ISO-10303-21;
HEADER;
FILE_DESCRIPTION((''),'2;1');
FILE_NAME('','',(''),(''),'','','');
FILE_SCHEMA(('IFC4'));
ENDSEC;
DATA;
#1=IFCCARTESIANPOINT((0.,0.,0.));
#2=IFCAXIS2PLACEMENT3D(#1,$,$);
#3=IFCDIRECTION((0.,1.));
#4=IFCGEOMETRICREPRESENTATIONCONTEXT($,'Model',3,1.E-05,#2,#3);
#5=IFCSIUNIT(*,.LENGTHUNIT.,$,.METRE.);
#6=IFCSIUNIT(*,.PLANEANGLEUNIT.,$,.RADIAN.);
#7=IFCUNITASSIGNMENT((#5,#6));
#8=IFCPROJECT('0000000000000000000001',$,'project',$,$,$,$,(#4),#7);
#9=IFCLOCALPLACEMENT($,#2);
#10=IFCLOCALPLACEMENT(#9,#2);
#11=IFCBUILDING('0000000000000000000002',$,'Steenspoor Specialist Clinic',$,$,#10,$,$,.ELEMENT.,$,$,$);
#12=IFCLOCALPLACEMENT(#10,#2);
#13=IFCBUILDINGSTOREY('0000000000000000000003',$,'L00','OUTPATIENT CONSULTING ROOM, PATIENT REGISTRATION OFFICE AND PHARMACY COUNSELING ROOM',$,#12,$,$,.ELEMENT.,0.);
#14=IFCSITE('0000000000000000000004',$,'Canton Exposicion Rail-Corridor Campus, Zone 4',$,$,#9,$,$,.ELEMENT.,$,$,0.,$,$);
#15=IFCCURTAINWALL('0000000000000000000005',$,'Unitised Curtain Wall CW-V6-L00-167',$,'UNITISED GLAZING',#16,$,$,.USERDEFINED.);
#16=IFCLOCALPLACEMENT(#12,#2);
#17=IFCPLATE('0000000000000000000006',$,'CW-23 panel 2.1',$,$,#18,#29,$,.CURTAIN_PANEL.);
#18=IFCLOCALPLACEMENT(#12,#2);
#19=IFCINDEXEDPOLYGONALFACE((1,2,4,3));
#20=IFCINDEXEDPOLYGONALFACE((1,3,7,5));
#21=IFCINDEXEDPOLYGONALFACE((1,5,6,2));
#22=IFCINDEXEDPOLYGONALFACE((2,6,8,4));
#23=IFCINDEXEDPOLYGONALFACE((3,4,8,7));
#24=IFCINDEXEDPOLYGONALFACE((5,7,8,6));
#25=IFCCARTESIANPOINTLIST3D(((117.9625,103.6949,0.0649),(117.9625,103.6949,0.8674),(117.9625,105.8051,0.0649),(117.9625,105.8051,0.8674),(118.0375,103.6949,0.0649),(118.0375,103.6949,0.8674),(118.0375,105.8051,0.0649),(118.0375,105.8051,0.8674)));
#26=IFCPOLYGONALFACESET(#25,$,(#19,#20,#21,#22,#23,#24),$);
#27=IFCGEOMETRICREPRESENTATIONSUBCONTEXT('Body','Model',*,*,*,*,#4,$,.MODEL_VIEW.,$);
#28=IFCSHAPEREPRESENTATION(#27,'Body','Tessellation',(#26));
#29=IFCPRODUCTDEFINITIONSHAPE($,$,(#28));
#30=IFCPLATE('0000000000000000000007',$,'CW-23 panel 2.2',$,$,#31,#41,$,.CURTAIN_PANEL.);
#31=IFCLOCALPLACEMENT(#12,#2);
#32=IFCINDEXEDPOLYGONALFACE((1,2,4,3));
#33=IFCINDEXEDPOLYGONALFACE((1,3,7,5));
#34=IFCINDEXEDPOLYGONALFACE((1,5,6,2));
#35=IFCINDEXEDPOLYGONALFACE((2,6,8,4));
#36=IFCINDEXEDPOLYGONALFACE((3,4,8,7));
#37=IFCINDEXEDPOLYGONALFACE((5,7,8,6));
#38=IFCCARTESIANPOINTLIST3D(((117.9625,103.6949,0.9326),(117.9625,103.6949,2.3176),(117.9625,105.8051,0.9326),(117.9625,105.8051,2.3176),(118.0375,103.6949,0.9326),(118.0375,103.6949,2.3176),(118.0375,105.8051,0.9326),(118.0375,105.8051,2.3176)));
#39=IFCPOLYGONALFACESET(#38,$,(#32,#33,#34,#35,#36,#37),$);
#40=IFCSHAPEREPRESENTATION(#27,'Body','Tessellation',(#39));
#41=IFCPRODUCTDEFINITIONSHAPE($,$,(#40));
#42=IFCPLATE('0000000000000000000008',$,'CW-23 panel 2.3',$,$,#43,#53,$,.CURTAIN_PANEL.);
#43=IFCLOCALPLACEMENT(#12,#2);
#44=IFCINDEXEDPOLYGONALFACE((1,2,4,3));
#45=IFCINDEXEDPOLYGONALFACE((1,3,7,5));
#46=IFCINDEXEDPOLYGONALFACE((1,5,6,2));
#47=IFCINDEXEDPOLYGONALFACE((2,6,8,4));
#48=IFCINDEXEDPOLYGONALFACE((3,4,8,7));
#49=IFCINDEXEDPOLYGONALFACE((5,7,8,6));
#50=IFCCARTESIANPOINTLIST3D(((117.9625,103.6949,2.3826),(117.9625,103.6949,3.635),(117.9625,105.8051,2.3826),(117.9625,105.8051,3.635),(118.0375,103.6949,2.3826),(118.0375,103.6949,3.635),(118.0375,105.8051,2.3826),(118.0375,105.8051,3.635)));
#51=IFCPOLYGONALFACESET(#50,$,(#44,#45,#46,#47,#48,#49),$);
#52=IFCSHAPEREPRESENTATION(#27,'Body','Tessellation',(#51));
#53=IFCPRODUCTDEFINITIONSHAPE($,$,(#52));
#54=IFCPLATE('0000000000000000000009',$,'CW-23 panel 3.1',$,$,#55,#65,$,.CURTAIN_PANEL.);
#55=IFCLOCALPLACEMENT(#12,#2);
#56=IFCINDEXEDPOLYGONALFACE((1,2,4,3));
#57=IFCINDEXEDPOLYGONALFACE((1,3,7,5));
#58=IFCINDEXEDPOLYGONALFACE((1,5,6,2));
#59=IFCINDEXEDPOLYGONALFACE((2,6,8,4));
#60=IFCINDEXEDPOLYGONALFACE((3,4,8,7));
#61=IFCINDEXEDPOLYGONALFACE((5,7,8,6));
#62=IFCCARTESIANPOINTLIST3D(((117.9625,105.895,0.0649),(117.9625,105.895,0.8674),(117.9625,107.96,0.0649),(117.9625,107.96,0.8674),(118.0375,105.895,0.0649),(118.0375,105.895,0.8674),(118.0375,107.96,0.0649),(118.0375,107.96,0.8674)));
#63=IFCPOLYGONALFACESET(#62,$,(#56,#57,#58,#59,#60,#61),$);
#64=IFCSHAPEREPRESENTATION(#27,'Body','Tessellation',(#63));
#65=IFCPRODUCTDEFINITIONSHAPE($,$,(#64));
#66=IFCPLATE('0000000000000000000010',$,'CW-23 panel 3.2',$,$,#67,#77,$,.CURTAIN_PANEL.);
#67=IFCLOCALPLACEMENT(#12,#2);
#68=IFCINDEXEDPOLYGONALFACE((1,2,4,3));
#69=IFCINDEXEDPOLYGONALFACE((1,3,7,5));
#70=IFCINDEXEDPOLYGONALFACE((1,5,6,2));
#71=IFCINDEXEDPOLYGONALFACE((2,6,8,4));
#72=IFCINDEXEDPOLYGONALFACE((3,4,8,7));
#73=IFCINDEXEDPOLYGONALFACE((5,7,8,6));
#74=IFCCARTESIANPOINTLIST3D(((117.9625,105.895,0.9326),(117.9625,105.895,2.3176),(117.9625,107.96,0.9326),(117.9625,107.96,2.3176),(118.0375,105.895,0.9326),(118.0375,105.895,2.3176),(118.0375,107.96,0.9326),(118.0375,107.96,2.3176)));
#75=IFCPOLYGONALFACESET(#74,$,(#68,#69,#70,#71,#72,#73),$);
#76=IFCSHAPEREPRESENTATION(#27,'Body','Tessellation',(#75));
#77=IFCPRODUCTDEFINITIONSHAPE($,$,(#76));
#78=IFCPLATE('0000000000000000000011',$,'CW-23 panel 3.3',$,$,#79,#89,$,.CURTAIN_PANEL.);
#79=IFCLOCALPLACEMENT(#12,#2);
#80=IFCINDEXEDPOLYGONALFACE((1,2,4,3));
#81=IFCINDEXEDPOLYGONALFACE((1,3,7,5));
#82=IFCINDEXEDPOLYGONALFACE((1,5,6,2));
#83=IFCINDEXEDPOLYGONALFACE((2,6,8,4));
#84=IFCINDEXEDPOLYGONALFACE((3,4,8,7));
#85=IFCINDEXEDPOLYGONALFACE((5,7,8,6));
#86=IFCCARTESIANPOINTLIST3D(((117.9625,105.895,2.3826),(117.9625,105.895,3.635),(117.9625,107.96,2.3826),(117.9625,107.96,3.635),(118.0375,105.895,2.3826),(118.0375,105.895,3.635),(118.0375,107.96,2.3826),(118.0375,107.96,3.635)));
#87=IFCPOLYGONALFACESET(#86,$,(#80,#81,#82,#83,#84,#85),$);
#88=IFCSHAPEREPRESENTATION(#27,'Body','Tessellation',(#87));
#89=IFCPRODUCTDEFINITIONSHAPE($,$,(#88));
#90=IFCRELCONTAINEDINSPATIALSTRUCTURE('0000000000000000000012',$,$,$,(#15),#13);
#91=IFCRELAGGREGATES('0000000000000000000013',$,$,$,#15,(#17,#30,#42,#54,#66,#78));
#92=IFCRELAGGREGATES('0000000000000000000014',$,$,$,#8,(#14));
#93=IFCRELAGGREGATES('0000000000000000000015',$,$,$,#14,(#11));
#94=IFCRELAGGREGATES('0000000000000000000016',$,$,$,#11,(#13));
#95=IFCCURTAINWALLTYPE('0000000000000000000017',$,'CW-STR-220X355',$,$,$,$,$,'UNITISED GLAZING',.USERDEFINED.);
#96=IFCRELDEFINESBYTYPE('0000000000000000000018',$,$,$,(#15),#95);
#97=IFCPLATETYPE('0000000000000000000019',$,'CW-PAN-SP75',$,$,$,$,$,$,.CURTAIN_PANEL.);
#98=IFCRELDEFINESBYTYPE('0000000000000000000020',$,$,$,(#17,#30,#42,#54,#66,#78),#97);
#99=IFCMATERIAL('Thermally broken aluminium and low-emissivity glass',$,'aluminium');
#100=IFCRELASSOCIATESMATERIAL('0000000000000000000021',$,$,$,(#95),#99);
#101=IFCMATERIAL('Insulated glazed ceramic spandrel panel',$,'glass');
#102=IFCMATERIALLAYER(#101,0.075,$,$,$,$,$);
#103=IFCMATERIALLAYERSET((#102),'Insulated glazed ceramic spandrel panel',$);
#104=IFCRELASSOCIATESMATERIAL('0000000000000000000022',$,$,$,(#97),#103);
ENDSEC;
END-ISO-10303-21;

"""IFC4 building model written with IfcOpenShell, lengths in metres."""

from ifc_helpers import new_model, si_unit, direction, frame, origin, origin_2d, place, context, subcontext, project, spatial, rectangle, extrude, material, layer, layer_set, type_object, element, aggregate, save


model = new_model("IFC4")

# Units and contexts
model_context = context("Model", 3, precision=1e-05, world=origin(), true_north=direction((0.0, 1.0)))
body_context = subcontext(model_context, "Body", "Model", "MODEL_VIEW")
ifc_project = project(units=[si_unit("LENGTHUNIT", "METRE"), si_unit("PLANEANGLEUNIT", "RADIAN")], contexts=[model_context])

# Site, building, storey
site_placement = place(None, origin())
site = spatial("IfcSite", under=ifc_project, at=site_placement, Name="Canton Exposicion Rail-Corridor Campus, Zone 4", CompositionType="ELEMENT", RefElevation=0.0)
building_placement = place(site_placement, origin())
building = spatial("IfcBuilding", under=site, at=building_placement, Name="Steenspoor Specialist Clinic", CompositionType="ELEMENT")
storey_placement = place(building_placement, origin())
storey = spatial("IfcBuildingStorey", under=building, at=storey_placement, Name="L00", Description="OUTPATIENT CONSULTING ROOM, PATIENT REGISTRATION OFFICE AND PHARMACY COUNSELING ROOM", CompositionType="ELEMENT", Elevation=0.0)

# Curtain wall
ifc_material_1 = material(Name="Thermally broken aluminium and low-emissivity glass", Category="aluminium")
curtain_wall_type = type_object("IfcCurtainWallType", Name="CW-STR-220X355", ElementType="UNITISED GLAZING", PredefinedType="USERDEFINED", material=ifc_material_1)
curtain_wall_placement = place(storey_placement, origin())
curtain_wall = element("IfcCurtainWall", 1, at=curtain_wall_placement, inside=storey, type_object=curtain_wall_type, Name="Unitised Curtain Wall CW-V6-L00-167", ObjectType="UNITISED GLAZING", PredefinedType="USERDEFINED")

# Plates
ifc_material_2 = material(Name="Insulated glazed ceramic spandrel panel", Category="glass")
ifc_layer = layer(ifc_material_2, 0.075)
ifc_layer_set = layer_set([ifc_layer], Name="Insulated glazed ceramic spandrel panel")
plate_type = type_object("IfcPlateType", Name="CW-PAN-SP75", PredefinedType="CURTAIN_PANEL", material=ifc_layer_set)
plate_1_placement = place(storey_placement, frame((118.0, 104.75, 0.0649), z_axis=(0.0, 0.0, 1.0), x_axis=(0.0, 1.0, 0.0)))
plate_1 = element("IfcPlate", 2, at=plate_1_placement, type_object=plate_type, Name="CW-23 panel 2.1", PredefinedType="CURTAIN_PANEL", context=body_context, shape_type="SweptSolid", body=[
    extrude(rectangle(XDim=2.1101, YDim=0.075, at=origin_2d()), origin(), (0.0, 0.0, 1.0), 0.8025),
])
plate_2_placement = place(storey_placement, frame((118.0, 104.75, 0.9326), z_axis=(0.0, 0.0, 1.0), x_axis=(0.0, 1.0, 0.0)))
plate_2 = element("IfcPlate", 3, at=plate_2_placement, type_object=plate_type, Name="CW-23 panel 2.2", PredefinedType="CURTAIN_PANEL", context=body_context, shape_type="SweptSolid", body=[
    extrude(rectangle(XDim=2.1101, YDim=0.075, at=origin_2d()), origin(), (0.0, 0.0, 1.0), 1.385),
])
plate_3_placement = place(storey_placement, frame((118.0, 104.75, 2.3826), z_axis=(0.0, 0.0, 1.0), x_axis=(0.0, 1.0, 0.0)))
plate_3 = element("IfcPlate", 4, at=plate_3_placement, type_object=plate_type, Name="CW-23 panel 2.3", PredefinedType="CURTAIN_PANEL", context=body_context, shape_type="SweptSolid", body=[
    extrude(rectangle(XDim=2.1101, YDim=0.075, at=origin_2d()), origin(), (0.0, 0.0, 1.0), 1.2524),
])
plate_4_placement = place(storey_placement, frame((118.0, 106.9275, 0.0649), z_axis=(0.0, 0.0, 1.0), x_axis=(0.0, 1.0, 0.0)))
plate_4 = element("IfcPlate", 5, at=plate_4_placement, type_object=plate_type, Name="CW-23 panel 3.1", PredefinedType="CURTAIN_PANEL", context=body_context, shape_type="SweptSolid", body=[
    extrude(rectangle(XDim=2.0649, YDim=0.075, at=origin_2d()), origin(), (0.0, 0.0, 1.0), 0.8025),
])
plate_5_placement = place(storey_placement, frame((118.0, 106.9275, 0.9326), z_axis=(0.0, 0.0, 1.0), x_axis=(0.0, 1.0, 0.0)))
plate_5 = element("IfcPlate", 6, at=plate_5_placement, type_object=plate_type, Name="CW-23 panel 3.2", PredefinedType="CURTAIN_PANEL", context=body_context, shape_type="SweptSolid", body=[
    extrude(rectangle(XDim=2.0649, YDim=0.075, at=origin_2d()), origin(), (0.0, 0.0, 1.0), 1.385),
])
plate_6_placement = place(storey_placement, frame((118.0, 106.9275, 2.3826), z_axis=(0.0, 0.0, 1.0), x_axis=(0.0, 1.0, 0.0)))
plate_6 = element("IfcPlate", 7, at=plate_6_placement, type_object=plate_type, Name="CW-23 panel 3.3", PredefinedType="CURTAIN_PANEL", context=body_context, shape_type="SweptSolid", body=[
    extrude(rectangle(XDim=2.0649, YDim=0.075, at=origin_2d()), origin(), (0.0, 0.0, 1.0), 1.2524),
])
aggregate(curtain_wall, [plate_1, plate_2, plate_3, plate_4, plate_5, plate_6])

save(model, "model.ifc")
